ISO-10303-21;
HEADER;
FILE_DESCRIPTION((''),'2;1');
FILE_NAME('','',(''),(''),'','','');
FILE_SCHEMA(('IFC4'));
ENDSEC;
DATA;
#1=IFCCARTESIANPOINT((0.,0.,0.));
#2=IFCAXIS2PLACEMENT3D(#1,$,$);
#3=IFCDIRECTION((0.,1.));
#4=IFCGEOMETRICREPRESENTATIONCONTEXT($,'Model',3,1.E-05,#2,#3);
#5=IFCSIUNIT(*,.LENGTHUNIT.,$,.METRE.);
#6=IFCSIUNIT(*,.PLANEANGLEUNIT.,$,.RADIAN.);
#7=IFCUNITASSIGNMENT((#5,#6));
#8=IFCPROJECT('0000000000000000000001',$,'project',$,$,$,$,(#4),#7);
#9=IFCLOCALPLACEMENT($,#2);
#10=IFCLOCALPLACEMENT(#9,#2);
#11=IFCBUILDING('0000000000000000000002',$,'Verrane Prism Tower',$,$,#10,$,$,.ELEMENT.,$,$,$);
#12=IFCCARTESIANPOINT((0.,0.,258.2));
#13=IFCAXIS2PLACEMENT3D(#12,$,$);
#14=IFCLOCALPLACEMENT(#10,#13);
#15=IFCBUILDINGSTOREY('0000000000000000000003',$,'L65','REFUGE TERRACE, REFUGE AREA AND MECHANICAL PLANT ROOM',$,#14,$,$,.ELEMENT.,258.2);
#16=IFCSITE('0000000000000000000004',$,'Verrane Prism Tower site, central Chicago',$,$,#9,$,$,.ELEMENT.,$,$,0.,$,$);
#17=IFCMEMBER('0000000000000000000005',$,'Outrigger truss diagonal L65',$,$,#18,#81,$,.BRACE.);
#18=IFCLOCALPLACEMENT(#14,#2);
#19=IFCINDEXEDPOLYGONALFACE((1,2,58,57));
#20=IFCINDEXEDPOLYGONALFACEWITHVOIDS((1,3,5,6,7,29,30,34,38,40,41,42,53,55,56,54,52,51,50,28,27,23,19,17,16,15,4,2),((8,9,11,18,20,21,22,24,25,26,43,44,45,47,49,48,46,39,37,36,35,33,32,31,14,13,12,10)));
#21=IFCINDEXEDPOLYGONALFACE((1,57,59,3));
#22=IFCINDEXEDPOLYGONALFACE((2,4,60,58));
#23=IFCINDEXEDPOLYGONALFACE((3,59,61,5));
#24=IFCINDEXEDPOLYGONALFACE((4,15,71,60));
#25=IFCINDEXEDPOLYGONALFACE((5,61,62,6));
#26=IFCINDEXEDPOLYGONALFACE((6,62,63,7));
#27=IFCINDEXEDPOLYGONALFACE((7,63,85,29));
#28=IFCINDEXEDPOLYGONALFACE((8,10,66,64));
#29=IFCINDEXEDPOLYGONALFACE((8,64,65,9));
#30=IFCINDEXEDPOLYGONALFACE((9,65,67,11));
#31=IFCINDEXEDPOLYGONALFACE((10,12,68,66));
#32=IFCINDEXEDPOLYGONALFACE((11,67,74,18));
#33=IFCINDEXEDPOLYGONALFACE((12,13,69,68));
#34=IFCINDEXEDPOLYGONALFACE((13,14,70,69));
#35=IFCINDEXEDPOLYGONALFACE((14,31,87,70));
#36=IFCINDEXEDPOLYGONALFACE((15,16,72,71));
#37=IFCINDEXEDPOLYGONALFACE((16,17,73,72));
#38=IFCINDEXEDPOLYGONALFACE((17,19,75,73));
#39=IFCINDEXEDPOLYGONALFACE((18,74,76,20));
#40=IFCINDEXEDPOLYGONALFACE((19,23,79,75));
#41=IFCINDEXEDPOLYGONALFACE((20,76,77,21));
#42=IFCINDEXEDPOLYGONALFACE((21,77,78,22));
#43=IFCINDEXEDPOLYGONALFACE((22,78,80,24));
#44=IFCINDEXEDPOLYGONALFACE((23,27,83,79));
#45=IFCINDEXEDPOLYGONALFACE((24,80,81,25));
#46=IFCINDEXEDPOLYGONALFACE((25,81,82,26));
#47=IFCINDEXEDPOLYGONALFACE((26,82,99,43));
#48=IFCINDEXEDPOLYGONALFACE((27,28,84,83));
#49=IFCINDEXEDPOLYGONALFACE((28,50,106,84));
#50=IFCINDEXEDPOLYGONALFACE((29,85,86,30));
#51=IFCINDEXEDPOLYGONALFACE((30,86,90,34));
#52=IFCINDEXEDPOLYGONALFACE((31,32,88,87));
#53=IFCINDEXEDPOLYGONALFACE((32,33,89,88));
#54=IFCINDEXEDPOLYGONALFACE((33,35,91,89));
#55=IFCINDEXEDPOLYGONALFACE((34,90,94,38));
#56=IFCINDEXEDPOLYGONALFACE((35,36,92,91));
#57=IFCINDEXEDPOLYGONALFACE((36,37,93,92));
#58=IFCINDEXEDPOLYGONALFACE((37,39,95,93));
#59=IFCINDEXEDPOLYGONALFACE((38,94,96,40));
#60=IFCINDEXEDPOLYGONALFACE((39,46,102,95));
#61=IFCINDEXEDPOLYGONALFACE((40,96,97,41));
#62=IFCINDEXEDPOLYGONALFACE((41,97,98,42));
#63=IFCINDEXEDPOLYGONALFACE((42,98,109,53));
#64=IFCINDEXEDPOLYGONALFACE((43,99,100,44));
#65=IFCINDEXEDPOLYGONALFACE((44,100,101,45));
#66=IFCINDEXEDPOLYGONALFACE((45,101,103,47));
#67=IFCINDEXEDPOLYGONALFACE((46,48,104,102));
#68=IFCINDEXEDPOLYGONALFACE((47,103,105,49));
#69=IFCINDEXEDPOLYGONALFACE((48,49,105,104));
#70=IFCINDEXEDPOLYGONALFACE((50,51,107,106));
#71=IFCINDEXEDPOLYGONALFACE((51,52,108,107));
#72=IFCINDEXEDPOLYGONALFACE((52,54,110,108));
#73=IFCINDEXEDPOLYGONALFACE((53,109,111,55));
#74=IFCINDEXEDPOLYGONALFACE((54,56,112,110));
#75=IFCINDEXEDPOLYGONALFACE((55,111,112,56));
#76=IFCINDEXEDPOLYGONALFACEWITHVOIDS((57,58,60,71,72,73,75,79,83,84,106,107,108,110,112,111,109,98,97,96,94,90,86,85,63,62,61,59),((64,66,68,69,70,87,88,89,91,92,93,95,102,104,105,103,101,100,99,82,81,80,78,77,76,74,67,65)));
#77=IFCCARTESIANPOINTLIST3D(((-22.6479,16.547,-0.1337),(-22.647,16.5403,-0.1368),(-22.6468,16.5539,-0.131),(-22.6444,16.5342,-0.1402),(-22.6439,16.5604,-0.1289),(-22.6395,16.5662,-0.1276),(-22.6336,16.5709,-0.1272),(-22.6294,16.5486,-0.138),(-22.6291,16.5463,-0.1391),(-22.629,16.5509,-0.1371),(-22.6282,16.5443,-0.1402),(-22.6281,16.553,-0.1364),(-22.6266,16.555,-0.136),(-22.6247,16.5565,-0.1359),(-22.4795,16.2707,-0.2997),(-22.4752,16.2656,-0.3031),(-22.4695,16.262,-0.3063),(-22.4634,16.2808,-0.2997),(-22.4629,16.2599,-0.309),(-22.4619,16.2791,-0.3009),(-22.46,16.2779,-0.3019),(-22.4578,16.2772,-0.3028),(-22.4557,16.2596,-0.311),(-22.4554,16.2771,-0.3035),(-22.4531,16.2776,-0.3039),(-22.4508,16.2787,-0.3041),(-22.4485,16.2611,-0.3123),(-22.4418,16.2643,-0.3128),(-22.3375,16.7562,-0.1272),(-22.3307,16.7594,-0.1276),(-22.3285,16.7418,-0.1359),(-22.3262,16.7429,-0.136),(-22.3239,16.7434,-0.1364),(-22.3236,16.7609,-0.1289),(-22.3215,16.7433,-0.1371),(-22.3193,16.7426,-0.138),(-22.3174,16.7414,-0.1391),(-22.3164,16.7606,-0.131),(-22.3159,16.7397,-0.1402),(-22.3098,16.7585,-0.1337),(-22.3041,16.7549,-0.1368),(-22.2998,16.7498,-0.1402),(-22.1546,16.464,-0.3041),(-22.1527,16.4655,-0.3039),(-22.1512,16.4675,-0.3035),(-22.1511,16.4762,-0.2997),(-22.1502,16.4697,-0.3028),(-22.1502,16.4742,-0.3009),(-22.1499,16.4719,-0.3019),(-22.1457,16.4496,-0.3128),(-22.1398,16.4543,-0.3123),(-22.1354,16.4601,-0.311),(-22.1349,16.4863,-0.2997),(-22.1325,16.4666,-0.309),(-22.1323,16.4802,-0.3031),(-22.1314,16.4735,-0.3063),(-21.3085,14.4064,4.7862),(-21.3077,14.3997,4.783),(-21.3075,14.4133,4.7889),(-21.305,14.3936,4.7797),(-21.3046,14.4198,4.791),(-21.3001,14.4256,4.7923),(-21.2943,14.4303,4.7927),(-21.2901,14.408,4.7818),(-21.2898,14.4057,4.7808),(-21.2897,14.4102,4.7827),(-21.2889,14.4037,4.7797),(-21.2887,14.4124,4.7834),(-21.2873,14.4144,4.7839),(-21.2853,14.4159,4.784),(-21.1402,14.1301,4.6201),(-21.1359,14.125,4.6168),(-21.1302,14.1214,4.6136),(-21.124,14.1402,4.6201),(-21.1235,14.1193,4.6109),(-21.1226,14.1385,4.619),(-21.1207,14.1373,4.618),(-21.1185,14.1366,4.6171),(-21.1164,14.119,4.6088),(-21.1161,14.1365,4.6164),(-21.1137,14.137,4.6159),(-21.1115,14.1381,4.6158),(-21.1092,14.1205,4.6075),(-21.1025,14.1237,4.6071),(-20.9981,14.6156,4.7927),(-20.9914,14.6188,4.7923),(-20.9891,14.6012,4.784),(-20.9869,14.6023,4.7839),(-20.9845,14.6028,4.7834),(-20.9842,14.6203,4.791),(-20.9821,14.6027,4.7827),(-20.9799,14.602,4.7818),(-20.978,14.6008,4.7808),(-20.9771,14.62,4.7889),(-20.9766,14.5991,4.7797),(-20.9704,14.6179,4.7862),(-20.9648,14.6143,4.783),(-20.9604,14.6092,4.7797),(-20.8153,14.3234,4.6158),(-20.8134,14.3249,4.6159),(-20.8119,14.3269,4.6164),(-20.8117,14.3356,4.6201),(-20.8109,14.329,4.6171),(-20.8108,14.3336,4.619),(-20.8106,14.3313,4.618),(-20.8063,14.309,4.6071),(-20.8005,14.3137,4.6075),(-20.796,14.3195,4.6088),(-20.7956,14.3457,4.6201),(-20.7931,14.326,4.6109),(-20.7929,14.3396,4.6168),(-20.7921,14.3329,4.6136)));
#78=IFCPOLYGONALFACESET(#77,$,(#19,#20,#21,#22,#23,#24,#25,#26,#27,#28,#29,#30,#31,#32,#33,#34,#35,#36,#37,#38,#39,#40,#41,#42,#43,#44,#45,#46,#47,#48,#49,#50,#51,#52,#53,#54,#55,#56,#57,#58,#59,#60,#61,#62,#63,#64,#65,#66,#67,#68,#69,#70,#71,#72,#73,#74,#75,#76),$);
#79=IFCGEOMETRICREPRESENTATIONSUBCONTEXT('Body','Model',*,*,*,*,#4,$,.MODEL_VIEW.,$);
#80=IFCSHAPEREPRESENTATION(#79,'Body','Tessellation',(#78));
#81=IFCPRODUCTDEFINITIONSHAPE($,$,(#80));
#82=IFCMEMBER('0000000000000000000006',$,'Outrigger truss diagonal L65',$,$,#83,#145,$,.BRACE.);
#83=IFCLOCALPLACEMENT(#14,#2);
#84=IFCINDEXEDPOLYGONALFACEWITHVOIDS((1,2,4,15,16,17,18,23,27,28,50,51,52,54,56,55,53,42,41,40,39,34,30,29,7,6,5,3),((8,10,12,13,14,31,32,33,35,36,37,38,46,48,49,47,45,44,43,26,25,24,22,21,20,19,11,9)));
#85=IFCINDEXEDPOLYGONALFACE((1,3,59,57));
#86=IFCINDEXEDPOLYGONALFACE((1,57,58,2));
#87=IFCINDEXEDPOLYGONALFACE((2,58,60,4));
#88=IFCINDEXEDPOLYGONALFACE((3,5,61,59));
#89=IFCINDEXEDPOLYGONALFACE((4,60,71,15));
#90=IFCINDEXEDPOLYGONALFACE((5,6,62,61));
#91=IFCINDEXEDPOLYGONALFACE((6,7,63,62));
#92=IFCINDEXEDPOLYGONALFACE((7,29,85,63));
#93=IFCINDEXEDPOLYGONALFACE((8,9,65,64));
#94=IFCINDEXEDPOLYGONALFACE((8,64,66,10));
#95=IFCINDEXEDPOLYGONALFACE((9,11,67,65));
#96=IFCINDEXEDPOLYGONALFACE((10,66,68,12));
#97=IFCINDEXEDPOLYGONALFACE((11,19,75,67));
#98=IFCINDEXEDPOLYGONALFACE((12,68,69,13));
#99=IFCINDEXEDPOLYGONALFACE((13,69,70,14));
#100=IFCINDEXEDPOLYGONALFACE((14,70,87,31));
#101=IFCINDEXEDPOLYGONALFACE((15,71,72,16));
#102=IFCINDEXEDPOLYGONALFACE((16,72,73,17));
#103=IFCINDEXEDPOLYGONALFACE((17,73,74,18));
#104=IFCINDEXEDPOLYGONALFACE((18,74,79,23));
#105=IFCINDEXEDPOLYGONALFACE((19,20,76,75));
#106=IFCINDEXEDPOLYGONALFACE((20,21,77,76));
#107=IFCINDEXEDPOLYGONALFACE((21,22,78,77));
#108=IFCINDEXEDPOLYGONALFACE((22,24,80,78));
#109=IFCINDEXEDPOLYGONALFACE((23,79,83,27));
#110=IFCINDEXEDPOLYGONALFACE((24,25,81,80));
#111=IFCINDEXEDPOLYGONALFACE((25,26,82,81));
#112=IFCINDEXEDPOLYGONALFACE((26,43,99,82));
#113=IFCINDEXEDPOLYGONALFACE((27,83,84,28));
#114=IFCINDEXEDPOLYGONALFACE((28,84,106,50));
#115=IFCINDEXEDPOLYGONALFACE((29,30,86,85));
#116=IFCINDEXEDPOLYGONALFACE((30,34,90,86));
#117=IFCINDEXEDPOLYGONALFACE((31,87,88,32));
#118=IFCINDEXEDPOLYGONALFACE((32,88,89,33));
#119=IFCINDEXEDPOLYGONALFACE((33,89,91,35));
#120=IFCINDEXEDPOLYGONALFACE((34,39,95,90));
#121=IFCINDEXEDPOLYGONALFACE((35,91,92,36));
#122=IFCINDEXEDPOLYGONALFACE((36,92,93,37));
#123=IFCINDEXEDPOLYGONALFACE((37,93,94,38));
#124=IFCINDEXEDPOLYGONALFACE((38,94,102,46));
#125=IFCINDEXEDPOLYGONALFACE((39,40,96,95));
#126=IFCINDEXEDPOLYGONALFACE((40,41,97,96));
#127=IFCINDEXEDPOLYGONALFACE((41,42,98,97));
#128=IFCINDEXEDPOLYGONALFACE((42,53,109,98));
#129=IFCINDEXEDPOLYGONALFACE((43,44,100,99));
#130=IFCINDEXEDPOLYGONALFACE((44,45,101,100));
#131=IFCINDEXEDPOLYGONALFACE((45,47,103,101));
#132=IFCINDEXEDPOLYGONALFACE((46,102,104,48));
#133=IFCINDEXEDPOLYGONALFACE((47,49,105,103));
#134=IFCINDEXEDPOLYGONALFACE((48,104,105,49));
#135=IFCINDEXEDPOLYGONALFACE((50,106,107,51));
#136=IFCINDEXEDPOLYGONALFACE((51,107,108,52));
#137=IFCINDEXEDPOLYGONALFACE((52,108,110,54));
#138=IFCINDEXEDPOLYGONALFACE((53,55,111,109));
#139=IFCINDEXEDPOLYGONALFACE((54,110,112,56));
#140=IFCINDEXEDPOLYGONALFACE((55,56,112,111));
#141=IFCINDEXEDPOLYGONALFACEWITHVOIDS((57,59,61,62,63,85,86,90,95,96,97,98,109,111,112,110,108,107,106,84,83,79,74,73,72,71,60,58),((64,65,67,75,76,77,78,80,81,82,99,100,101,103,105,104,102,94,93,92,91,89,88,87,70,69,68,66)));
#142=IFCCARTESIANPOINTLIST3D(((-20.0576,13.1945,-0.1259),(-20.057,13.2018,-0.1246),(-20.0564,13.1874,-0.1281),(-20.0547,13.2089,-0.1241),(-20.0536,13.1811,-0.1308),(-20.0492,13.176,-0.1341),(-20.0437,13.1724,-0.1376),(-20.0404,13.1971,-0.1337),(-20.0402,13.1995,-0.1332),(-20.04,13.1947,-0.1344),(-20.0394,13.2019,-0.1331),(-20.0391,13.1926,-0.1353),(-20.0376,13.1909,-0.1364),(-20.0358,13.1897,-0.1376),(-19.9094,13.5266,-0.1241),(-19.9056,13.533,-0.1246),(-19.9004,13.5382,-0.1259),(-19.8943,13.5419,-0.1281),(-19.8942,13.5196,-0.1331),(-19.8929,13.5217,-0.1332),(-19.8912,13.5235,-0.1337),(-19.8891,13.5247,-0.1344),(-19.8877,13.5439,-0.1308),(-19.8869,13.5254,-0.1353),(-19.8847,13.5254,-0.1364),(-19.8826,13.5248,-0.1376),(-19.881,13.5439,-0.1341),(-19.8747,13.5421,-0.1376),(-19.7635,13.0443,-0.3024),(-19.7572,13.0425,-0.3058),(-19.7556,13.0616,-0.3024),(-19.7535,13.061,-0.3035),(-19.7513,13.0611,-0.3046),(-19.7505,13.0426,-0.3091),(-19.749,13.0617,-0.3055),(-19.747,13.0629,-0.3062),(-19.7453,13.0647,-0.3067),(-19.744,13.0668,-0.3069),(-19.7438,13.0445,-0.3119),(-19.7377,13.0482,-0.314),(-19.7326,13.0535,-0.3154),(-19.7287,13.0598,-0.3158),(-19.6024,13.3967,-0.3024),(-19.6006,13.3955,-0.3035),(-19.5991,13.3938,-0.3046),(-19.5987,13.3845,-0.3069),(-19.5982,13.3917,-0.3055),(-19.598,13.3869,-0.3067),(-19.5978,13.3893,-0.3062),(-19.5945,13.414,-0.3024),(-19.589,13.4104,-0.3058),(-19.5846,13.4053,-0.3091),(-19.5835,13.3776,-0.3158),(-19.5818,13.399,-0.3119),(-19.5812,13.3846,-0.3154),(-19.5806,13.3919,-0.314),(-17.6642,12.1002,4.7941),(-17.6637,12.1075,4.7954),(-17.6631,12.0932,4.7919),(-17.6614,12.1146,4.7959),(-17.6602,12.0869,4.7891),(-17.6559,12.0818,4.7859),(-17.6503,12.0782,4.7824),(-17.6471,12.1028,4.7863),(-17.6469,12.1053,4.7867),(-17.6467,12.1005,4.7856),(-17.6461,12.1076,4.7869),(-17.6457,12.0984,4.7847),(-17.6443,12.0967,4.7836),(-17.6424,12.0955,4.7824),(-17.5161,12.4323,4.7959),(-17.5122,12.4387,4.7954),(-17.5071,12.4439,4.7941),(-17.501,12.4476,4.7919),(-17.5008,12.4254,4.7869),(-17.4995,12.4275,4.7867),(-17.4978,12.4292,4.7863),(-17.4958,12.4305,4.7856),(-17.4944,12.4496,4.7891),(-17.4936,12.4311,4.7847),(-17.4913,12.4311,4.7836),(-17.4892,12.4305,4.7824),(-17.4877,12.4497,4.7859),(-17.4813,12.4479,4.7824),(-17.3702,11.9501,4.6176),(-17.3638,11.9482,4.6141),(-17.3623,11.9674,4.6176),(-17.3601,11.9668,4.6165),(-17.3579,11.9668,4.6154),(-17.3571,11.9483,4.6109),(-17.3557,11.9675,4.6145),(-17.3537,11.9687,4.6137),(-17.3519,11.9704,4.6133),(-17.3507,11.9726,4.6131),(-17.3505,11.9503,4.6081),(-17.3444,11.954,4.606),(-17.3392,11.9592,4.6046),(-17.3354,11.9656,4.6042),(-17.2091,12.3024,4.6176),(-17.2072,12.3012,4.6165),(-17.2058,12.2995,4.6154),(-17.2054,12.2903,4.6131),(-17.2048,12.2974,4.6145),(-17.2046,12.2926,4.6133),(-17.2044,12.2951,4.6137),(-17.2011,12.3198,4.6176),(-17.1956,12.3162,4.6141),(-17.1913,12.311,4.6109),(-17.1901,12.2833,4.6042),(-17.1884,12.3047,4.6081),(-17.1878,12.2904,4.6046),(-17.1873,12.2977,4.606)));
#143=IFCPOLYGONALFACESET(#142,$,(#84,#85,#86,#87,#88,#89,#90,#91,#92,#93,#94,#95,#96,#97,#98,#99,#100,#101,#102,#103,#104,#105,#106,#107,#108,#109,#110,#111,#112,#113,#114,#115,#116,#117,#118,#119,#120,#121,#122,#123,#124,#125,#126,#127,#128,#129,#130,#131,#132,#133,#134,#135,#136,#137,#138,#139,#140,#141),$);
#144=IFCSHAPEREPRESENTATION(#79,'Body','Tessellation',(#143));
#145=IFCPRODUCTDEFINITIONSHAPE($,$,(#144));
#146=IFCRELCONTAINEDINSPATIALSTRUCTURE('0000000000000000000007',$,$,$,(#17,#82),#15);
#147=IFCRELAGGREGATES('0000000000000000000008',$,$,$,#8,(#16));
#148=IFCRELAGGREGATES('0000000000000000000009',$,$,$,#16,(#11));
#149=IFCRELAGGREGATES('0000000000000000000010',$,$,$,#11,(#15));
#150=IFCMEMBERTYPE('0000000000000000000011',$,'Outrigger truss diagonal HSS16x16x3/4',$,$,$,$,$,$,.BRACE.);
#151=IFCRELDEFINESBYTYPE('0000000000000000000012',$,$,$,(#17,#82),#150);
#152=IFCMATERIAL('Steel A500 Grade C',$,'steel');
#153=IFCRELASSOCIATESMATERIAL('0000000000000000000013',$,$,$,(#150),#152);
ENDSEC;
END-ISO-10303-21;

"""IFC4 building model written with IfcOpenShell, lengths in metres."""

from ifc_helpers import new_model, si_unit, direction, frame, origin, origin_2d, place, context, subcontext, project, spatial, hollow_rectangle, extrude, material, material_profile, profile_set, type_object, element, save


model = new_model("IFC4")

# Units and contexts
model_context = context("Model", 3, precision=1e-05, world=origin(), true_north=direction((0.0, 1.0)))
body_context = subcontext(model_context, "Body", "Model", "MODEL_VIEW")
ifc_project = project(units=[si_unit("LENGTHUNIT", "METRE"), si_unit("PLANEANGLEUNIT", "RADIAN")], contexts=[model_context])

# Site, building, storey
site_placement = place(None, origin())
site = spatial("IfcSite", under=ifc_project, at=site_placement, Name="Verrane Prism Tower site, central Chicago", CompositionType="ELEMENT", RefElevation=0.0)
building_placement = place(site_placement, origin())
building = spatial("IfcBuilding", under=site, at=building_placement, Name="Verrane Prism Tower", CompositionType="ELEMENT")
storey_placement = place(building_placement, frame((0.0, 0.0, 258.2)))
storey = spatial("IfcBuildingStorey", under=building, at=storey_placement, Name="L65", Description="REFUGE TERRACE, REFUGE AREA AND MECHANICAL PLANT ROOM", CompositionType="ELEMENT", Elevation=258.2)

# Members
ifc_material_1 = material(Name="Steel A500 Grade C", Category="steel")
ifc_material_profile_1 = material_profile(ifc_material_1, hollow_rectangle(XDim=0.4065, YDim=0.4065, WallThickness=0.019, InnerFilletRadius=0.0095, OuterFilletRadius=0.0286, at=origin_2d()), Name="HSS16x16x3/4")
ifc_profile_set_1 = profile_set([ifc_material_profile_1], Name="Steel A500 Grade C")
member_type_1 = type_object("IfcMemberType", Name="Outrigger truss diagonal HSS16x16x3/4", PredefinedType="BRACE", material=ifc_profile_set_1)
member_1_placement = place(storey_placement, frame((-22.3896, 16.5103, -0.22), z_axis=(0.242195, -0.387088, 0.889666), x_axis=(0.847737, 0.530416, 0.0)))
element("IfcMember", 1, at=member_1_placement, inside=storey, type_object=member_type_1, Name="Outrigger truss diagonal L65", PredefinedType="BRACE", context=body_context, shape_type="SweptSolid", body=[
    extrude(hollow_rectangle(XDim=0.4065, YDim=0.4065, WallThickness=0.019, InnerFilletRadius=0.0095, OuterFilletRadius=0.0286, at=origin_2d()), origin(), (0.0, 0.0, 1.0), 5.53),
])
member_2_placement = place(storey_placement, frame((-19.8191, 13.2932, -0.22), z_axis=(0.428946, -0.196117, 0.881784), x_axis=(0.415808, 0.909452, 0.0)))
element("IfcMember", 2, at=member_2_placement, inside=storey, type_object=member_type_1, Name="Outrigger truss diagonal L65", PredefinedType="BRACE", context=body_context, shape_type="SweptSolid", body=[
    extrude(hollow_rectangle(XDim=0.4065, YDim=0.4065, WallThickness=0.019, InnerFilletRadius=0.0095, OuterFilletRadius=0.0286, at=origin_2d()), origin(), (0.0, 0.0, 1.0), 5.5796),
])

save(model, "model.ifc")
